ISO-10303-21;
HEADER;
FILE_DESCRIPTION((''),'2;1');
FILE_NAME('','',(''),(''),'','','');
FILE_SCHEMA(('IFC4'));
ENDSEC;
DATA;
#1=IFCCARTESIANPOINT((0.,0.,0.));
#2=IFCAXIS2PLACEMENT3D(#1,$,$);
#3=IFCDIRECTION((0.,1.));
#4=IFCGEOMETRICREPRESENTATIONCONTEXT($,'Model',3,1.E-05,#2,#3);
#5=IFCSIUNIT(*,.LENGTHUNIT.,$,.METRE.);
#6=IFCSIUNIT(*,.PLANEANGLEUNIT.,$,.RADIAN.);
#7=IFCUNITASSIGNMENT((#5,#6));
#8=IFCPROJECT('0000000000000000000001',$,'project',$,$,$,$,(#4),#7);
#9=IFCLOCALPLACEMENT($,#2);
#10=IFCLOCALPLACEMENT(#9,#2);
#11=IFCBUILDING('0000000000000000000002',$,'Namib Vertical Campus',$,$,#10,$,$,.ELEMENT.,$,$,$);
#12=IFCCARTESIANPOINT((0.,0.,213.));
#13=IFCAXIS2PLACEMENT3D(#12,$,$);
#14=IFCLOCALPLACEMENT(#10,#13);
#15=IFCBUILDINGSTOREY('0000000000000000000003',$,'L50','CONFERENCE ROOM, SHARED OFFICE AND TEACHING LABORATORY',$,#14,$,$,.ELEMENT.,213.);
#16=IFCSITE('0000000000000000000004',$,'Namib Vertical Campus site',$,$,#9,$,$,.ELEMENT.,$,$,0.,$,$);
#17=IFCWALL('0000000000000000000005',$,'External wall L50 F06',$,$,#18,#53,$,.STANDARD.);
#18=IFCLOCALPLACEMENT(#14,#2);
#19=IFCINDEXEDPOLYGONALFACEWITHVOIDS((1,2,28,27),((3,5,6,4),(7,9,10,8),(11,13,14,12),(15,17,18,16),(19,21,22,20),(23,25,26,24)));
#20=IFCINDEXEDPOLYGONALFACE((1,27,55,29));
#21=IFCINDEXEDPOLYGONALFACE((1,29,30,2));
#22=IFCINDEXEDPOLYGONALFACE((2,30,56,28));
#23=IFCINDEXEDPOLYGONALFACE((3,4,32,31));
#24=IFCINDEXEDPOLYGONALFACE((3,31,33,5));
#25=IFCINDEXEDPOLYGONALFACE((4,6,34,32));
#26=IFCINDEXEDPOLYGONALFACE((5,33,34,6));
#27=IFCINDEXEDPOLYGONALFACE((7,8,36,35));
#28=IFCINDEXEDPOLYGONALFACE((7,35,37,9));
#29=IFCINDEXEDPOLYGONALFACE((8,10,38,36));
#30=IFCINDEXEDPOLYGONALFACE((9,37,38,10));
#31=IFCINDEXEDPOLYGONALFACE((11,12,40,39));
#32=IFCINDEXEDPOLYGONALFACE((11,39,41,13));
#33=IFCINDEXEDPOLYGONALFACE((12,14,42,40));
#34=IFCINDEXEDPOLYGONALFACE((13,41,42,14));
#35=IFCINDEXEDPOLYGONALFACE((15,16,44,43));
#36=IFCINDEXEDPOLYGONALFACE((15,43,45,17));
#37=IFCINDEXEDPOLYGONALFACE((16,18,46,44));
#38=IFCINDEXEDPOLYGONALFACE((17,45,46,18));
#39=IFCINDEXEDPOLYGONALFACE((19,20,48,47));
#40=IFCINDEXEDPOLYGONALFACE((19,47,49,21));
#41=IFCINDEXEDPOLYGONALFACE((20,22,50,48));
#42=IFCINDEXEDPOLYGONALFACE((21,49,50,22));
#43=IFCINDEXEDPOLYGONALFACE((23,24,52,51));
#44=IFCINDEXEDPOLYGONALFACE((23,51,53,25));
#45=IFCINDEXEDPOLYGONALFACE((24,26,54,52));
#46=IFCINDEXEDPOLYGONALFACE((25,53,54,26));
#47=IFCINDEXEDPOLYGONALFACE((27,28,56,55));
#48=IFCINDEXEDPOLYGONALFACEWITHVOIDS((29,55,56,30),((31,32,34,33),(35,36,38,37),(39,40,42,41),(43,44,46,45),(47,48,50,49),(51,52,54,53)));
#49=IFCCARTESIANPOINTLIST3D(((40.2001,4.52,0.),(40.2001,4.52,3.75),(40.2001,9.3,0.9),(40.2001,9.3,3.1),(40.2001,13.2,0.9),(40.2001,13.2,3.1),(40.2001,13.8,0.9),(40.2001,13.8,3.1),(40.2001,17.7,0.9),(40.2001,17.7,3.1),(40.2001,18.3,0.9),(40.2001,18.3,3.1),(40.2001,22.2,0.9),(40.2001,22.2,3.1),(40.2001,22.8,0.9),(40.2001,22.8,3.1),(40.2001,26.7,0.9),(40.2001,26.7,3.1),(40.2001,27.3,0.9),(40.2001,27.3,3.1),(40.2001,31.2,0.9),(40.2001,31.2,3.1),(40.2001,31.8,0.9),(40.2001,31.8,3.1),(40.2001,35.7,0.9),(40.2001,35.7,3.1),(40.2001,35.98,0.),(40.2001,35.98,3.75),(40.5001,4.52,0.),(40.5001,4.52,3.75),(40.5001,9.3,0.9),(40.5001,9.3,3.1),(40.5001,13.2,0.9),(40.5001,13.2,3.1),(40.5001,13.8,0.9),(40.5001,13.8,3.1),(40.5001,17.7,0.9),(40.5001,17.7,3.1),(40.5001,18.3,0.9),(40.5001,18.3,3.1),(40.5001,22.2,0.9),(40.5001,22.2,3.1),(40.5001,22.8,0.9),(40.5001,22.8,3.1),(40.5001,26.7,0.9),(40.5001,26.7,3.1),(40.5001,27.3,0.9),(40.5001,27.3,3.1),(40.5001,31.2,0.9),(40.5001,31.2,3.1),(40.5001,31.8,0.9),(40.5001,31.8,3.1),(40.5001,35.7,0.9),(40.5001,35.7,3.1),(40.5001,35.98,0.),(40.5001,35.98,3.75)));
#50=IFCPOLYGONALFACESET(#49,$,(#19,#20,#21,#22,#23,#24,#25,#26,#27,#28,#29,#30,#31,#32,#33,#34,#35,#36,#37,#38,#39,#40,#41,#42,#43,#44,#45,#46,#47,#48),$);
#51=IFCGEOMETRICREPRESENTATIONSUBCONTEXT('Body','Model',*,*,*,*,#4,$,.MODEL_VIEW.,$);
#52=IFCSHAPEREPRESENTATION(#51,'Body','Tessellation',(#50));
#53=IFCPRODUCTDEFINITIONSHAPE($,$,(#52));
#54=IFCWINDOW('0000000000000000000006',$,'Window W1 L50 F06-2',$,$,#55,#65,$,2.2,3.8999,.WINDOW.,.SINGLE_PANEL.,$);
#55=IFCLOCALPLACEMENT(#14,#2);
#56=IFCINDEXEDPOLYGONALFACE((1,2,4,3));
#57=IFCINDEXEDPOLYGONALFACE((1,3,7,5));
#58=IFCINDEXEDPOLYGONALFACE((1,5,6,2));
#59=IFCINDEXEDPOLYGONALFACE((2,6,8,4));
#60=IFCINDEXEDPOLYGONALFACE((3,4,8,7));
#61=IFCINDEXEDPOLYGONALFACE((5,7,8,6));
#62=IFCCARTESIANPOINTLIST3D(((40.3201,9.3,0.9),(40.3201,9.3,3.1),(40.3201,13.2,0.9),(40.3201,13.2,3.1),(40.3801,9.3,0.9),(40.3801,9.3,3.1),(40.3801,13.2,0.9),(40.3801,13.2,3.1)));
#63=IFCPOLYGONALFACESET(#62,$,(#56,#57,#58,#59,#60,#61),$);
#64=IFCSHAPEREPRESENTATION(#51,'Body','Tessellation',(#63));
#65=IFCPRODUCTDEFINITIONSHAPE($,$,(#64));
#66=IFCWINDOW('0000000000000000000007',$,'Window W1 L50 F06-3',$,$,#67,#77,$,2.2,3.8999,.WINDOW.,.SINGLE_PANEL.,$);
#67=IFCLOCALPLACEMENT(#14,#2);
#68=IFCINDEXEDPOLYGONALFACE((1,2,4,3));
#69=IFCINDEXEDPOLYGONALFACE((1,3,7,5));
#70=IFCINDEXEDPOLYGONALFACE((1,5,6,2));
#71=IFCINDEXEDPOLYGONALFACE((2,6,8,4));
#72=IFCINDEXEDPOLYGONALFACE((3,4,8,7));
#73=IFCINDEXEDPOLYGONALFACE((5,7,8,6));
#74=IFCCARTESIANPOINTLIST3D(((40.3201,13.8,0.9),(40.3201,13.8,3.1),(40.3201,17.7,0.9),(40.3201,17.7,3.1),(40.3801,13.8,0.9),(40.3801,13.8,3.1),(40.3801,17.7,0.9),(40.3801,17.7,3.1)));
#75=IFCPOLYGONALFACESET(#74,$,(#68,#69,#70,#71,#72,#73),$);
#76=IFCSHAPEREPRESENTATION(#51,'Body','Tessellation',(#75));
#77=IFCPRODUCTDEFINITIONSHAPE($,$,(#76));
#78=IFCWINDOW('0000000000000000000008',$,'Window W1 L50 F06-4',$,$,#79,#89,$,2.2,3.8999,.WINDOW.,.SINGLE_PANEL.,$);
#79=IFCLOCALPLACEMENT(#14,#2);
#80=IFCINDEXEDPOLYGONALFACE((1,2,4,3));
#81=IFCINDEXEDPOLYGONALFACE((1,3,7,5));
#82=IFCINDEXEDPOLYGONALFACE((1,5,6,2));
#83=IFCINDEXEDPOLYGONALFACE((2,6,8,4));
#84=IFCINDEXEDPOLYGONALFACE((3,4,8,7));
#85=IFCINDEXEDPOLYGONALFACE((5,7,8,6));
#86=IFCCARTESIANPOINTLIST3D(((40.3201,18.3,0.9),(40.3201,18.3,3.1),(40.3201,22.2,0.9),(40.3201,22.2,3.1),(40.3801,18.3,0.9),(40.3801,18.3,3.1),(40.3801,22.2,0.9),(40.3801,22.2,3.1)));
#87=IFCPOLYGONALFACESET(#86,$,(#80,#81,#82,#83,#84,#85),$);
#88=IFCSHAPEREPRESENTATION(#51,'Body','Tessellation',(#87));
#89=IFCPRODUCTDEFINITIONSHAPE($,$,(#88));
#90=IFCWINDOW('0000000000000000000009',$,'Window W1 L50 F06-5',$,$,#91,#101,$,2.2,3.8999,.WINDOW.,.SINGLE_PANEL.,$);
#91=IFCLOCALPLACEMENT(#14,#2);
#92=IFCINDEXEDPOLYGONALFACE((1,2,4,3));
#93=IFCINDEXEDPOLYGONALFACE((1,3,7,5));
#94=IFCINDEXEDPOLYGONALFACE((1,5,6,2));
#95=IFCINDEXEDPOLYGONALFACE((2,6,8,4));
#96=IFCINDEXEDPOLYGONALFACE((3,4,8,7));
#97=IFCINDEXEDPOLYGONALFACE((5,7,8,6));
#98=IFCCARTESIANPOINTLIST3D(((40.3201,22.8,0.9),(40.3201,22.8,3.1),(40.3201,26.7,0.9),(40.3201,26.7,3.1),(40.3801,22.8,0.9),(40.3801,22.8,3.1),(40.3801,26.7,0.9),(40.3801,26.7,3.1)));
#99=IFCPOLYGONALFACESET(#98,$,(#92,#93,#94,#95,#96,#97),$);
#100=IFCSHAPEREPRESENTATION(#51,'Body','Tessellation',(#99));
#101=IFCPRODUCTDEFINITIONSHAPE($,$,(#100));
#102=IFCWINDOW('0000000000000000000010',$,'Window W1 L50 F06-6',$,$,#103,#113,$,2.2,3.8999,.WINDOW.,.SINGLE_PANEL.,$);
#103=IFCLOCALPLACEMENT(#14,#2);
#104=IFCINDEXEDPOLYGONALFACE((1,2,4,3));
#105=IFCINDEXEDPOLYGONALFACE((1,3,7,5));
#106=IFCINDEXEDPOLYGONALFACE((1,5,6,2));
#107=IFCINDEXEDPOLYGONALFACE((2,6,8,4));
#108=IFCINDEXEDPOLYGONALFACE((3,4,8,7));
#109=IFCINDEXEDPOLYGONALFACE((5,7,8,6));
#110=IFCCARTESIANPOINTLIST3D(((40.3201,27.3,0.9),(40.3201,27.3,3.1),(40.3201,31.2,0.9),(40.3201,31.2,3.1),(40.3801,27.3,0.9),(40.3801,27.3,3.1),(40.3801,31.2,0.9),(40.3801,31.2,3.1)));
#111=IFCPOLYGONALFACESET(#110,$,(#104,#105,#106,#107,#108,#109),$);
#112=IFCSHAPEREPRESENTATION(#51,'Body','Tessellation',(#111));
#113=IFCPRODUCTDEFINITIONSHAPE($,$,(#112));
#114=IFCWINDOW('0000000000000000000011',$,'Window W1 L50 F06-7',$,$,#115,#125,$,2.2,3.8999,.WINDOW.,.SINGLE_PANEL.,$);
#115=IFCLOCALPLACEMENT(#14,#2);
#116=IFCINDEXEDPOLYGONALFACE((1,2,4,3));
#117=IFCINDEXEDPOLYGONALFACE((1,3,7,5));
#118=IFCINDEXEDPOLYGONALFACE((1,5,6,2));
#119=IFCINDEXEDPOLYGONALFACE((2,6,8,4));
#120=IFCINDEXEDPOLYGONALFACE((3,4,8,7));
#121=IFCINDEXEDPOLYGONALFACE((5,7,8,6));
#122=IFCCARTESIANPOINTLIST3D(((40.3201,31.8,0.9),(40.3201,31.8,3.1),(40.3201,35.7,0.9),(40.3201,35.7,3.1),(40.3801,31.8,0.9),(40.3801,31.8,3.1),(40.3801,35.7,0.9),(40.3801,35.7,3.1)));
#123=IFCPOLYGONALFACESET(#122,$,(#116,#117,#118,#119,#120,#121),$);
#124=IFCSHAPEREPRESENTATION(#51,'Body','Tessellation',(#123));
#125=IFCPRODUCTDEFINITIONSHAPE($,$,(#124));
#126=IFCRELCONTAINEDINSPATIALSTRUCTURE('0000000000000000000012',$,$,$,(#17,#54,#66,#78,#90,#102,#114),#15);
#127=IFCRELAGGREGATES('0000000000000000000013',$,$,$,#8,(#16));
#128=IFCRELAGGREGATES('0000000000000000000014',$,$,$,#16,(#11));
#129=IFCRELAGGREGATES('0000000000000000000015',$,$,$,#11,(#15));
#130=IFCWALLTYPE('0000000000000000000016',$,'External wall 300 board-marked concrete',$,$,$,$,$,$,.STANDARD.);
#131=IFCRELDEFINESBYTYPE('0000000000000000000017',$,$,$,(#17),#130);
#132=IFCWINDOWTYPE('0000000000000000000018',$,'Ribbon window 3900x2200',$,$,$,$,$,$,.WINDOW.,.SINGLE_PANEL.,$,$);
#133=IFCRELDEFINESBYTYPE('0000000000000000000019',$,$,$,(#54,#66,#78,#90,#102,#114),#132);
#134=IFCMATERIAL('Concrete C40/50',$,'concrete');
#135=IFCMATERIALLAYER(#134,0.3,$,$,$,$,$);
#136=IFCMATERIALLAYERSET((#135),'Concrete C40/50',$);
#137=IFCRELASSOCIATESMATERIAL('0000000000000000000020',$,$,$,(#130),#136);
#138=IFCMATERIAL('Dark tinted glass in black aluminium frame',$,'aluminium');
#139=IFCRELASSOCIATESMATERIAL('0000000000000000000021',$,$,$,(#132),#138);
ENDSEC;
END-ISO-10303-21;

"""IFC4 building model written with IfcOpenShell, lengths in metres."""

from ifc_helpers import new_model, si_unit, direction, frame, frame_2d, origin, place, context, subcontext, project, spatial, rectangle, extrude, material, layer, layer_set, type_object, element, fill, save


model = new_model("IFC4")

# Units and contexts
model_context = context("Model", 3, precision=1e-05, world=origin(), true_north=direction((0.0, 1.0)))
body_context = subcontext(model_context, "Body", "Model", "MODEL_VIEW")
ifc_project = project(units=[si_unit("LENGTHUNIT", "METRE"), si_unit("PLANEANGLEUNIT", "RADIAN")], contexts=[model_context])

# Site, building, storey
site_placement = place(None, origin())
site = spatial("IfcSite", under=ifc_project, at=site_placement, Name="Namib Vertical Campus site", CompositionType="ELEMENT", RefElevation=0.0)
building_placement = place(site_placement, origin())
building = spatial("IfcBuilding", under=site, at=building_placement, Name="Namib Vertical Campus", CompositionType="ELEMENT")
storey_placement = place(building_placement, frame((0.0, 0.0, 213.0)))
storey = spatial("IfcBuildingStorey", under=building, at=storey_placement, Name="L50", Description="CONFERENCE ROOM, SHARED OFFICE AND TEACHING LABORATORY", CompositionType="ELEMENT", Elevation=213.0)

# Wall, openings, windows
ifc_material_1 = material(Name="Concrete C40/50", Category="concrete")
ifc_layer_1 = layer(ifc_material_1, 0.3)
ifc_layer_set_1 = layer_set([ifc_layer_1], Name="Concrete C40/50")
wall_type_1 = type_object("IfcWallType", Name="External wall 300 board-marked concrete", PredefinedType="STANDARD", material=ifc_layer_set_1)
wall_1_placement = place(storey_placement, frame((40.3501, 4.52, 0.0), z_axis=(0.0, 0.0, 1.0), x_axis=(0.0, 1.0, 0.0)))
wall_1 = element("IfcWall", 1, at=wall_1_placement, inside=storey, type_object=wall_type_1, Name="External wall L50 F06", PredefinedType="STANDARD", context=body_context, shape_type="SweptSolid", body=[
    extrude(rectangle(XDim=31.46, YDim=0.3, at=frame_2d((15.73, 0.0))), origin(), (0.0, 0.0, 1.0), 3.75),
])
opening_1_placement = place(wall_1_placement, frame((4.78, 0.0, 0.8999)))
opening_1 = element("IfcOpeningElement", 2, at=opening_1_placement, cuts=wall_1, PredefinedType="OPENING", context=body_context, shape_type="SweptSolid", body=[
    extrude(rectangle(XDim=3.8999, YDim=2.2, at=frame_2d((1.95, 1.1001))), frame((0.0, 0.1599, 0.0), z_axis=(0.0, -1.0, 0.0), x_axis=(1.0, 0.0, 0.0)), (0.0, 0.0, 1.0), 0.3201),
])
opening_2_placement = place(wall_1_placement, frame((9.28, 0.0, 0.8999)))
opening_2 = element("IfcOpeningElement", 3, at=opening_2_placement, cuts=wall_1, PredefinedType="OPENING", context=body_context, shape_type="SweptSolid", body=[
    extrude(rectangle(XDim=3.8999, YDim=2.2, at=frame_2d((1.95, 1.1001))), frame((0.0, 0.1599, 0.0), z_axis=(0.0, -1.0, 0.0), x_axis=(1.0, 0.0, 0.0)), (0.0, 0.0, 1.0), 0.3201),
])
opening_3_placement = place(wall_1_placement, frame((13.78, 0.0, 0.8999)))
opening_3 = element("IfcOpeningElement", 4, at=opening_3_placement, cuts=wall_1, PredefinedType="OPENING", context=body_context, shape_type="SweptSolid", body=[
    extrude(rectangle(XDim=3.8999, YDim=2.2, at=frame_2d((1.95, 1.1001))), frame((0.0, 0.1599, 0.0), z_axis=(0.0, -1.0, 0.0), x_axis=(1.0, 0.0, 0.0)), (0.0, 0.0, 1.0), 0.3201),
])
opening_4_placement = place(wall_1_placement, frame((18.28, 0.0, 0.8999)))
opening_4 = element("IfcOpeningElement", 5, at=opening_4_placement, cuts=wall_1, PredefinedType="OPENING", context=body_context, shape_type="SweptSolid", body=[
    extrude(rectangle(XDim=3.8999, YDim=2.2, at=frame_2d((1.95, 1.1001))), frame((0.0, 0.1599, 0.0), z_axis=(0.0, -1.0, 0.0), x_axis=(1.0, 0.0, 0.0)), (0.0, 0.0, 1.0), 0.3201),
])
opening_5_placement = place(wall_1_placement, frame((22.78, 0.0, 0.8999)))
opening_5 = element("IfcOpeningElement", 6, at=opening_5_placement, cuts=wall_1, PredefinedType="OPENING", context=body_context, shape_type="SweptSolid", body=[
    extrude(rectangle(XDim=3.8999, YDim=2.2, at=frame_2d((1.95, 1.1001))), frame((0.0, 0.1599, 0.0), z_axis=(0.0, -1.0, 0.0), x_axis=(1.0, 0.0, 0.0)), (0.0, 0.0, 1.0), 0.3201),
])
opening_6_placement = place(wall_1_placement, frame((27.28, 0.0, 0.8999)))
opening_6 = element("IfcOpeningElement", 7, at=opening_6_placement, cuts=wall_1, PredefinedType="OPENING", context=body_context, shape_type="SweptSolid", body=[
    extrude(rectangle(XDim=3.8999, YDim=2.2, at=frame_2d((1.95, 1.1001))), frame((0.0, 0.1599, 0.0), z_axis=(0.0, -1.0, 0.0), x_axis=(1.0, 0.0, 0.0)), (0.0, 0.0, 1.0), 0.3201),
])
ifc_material_2 = material(Name="Dark tinted glass in black aluminium frame", Category="aluminium")
window_type = type_object("IfcWindowType", Name="Ribbon window 3900x2200", PartitioningType="SINGLE_PANEL", PredefinedType="WINDOW", material=ifc_material_2)
window_1_placement = place(opening_1_placement, origin())
window_1 = element("IfcWindow", 8, at=window_1_placement, inside=storey, type_object=window_type, Name="Window W1 L50 F06-2", OverallHeight=2.2, OverallWidth=3.8999, PartitioningType="SINGLE_PANEL", PredefinedType="WINDOW", context=body_context, shape_type="SweptSolid", body=[
    extrude(rectangle(XDim=3.8999, YDim=2.2, at=frame_2d((1.95, 1.1001))), frame((0.0, 0.03, 0.0), z_axis=(0.0, -1.0, 0.0), x_axis=(1.0, 0.0, 0.0)), (0.0, 0.0, 1.0), 0.0601),
])
fill(opening_1, window_1)
window_2_placement = place(opening_2_placement, origin())
window_2 = element("IfcWindow", 9, at=window_2_placement, inside=storey, type_object=window_type, Name="Window W1 L50 F06-3", OverallHeight=2.2, OverallWidth=3.8999, PartitioningType="SINGLE_PANEL", PredefinedType="WINDOW", context=body_context, shape_type="SweptSolid", body=[
    extrude(rectangle(XDim=3.8999, YDim=2.2, at=frame_2d((1.95, 1.1001))), frame((0.0, 0.03, 0.0), z_axis=(0.0, -1.0, 0.0), x_axis=(1.0, 0.0, 0.0)), (0.0, 0.0, 1.0), 0.0601),
])
fill(opening_2, window_2)
window_3_placement = place(opening_3_placement, origin())
window_3 = element("IfcWindow", 10, at=window_3_placement, inside=storey, type_object=window_type, Name="Window W1 L50 F06-4", OverallHeight=2.2, OverallWidth=3.8999, PartitioningType="SINGLE_PANEL", PredefinedType="WINDOW", context=body_context, shape_type="SweptSolid", body=[
    extrude(rectangle(XDim=3.8999, YDim=2.2, at=frame_2d((1.95, 1.1001))), frame((0.0, 0.03, 0.0), z_axis=(0.0, -1.0, 0.0), x_axis=(1.0, 0.0, 0.0)), (0.0, 0.0, 1.0), 0.0601),
])
fill(opening_3, window_3)
window_4_placement = place(opening_4_placement, origin())
window_4 = element("IfcWindow", 11, at=window_4_placement, inside=storey, type_object=window_type, Name="Window W1 L50 F06-5", OverallHeight=2.2, OverallWidth=3.8999, PartitioningType="SINGLE_PANEL", PredefinedType="WINDOW", context=body_context, shape_type="SweptSolid", body=[
    extrude(rectangle(XDim=3.8999, YDim=2.2, at=frame_2d((1.95, 1.1001))), frame((0.0, 0.03, 0.0), z_axis=(0.0, -1.0, 0.0), x_axis=(1.0, 0.0, 0.0)), (0.0, 0.0, 1.0), 0.0601),
])
fill(opening_4, window_4)
window_5_placement = place(opening_5_placement, origin())
window_5 = element("IfcWindow", 12, at=window_5_placement, inside=storey, type_object=window_type, Name="Window W1 L50 F06-6", OverallHeight=2.2, OverallWidth=3.8999, PartitioningType="SINGLE_PANEL", PredefinedType="WINDOW", context=body_context, shape_type="SweptSolid", body=[
    extrude(rectangle(XDim=3.8999, YDim=2.2, at=frame_2d((1.95, 1.1001))), frame((0.0, 0.03, 0.0), z_axis=(0.0, -1.0, 0.0), x_axis=(1.0, 0.0, 0.0)), (0.0, 0.0, 1.0), 0.0601),
])
fill(opening_5, window_5)
window_6_placement = place(opening_6_placement, origin())
window_6 = element("IfcWindow", 13, at=window_6_placement, inside=storey, type_object=window_type, Name="Window W1 L50 F06-7", OverallHeight=2.2, OverallWidth=3.8999, PartitioningType="SINGLE_PANEL", PredefinedType="WINDOW", context=body_context, shape_type="SweptSolid", body=[
    extrude(rectangle(XDim=3.8999, YDim=2.2, at=frame_2d((1.95, 1.1001))), frame((0.0, 0.03, 0.0), z_axis=(0.0, -1.0, 0.0), x_axis=(1.0, 0.0, 0.0)), (0.0, 0.0, 1.0), 0.0601),
])
fill(opening_6, window_6)

save(model, "model.ifc")
